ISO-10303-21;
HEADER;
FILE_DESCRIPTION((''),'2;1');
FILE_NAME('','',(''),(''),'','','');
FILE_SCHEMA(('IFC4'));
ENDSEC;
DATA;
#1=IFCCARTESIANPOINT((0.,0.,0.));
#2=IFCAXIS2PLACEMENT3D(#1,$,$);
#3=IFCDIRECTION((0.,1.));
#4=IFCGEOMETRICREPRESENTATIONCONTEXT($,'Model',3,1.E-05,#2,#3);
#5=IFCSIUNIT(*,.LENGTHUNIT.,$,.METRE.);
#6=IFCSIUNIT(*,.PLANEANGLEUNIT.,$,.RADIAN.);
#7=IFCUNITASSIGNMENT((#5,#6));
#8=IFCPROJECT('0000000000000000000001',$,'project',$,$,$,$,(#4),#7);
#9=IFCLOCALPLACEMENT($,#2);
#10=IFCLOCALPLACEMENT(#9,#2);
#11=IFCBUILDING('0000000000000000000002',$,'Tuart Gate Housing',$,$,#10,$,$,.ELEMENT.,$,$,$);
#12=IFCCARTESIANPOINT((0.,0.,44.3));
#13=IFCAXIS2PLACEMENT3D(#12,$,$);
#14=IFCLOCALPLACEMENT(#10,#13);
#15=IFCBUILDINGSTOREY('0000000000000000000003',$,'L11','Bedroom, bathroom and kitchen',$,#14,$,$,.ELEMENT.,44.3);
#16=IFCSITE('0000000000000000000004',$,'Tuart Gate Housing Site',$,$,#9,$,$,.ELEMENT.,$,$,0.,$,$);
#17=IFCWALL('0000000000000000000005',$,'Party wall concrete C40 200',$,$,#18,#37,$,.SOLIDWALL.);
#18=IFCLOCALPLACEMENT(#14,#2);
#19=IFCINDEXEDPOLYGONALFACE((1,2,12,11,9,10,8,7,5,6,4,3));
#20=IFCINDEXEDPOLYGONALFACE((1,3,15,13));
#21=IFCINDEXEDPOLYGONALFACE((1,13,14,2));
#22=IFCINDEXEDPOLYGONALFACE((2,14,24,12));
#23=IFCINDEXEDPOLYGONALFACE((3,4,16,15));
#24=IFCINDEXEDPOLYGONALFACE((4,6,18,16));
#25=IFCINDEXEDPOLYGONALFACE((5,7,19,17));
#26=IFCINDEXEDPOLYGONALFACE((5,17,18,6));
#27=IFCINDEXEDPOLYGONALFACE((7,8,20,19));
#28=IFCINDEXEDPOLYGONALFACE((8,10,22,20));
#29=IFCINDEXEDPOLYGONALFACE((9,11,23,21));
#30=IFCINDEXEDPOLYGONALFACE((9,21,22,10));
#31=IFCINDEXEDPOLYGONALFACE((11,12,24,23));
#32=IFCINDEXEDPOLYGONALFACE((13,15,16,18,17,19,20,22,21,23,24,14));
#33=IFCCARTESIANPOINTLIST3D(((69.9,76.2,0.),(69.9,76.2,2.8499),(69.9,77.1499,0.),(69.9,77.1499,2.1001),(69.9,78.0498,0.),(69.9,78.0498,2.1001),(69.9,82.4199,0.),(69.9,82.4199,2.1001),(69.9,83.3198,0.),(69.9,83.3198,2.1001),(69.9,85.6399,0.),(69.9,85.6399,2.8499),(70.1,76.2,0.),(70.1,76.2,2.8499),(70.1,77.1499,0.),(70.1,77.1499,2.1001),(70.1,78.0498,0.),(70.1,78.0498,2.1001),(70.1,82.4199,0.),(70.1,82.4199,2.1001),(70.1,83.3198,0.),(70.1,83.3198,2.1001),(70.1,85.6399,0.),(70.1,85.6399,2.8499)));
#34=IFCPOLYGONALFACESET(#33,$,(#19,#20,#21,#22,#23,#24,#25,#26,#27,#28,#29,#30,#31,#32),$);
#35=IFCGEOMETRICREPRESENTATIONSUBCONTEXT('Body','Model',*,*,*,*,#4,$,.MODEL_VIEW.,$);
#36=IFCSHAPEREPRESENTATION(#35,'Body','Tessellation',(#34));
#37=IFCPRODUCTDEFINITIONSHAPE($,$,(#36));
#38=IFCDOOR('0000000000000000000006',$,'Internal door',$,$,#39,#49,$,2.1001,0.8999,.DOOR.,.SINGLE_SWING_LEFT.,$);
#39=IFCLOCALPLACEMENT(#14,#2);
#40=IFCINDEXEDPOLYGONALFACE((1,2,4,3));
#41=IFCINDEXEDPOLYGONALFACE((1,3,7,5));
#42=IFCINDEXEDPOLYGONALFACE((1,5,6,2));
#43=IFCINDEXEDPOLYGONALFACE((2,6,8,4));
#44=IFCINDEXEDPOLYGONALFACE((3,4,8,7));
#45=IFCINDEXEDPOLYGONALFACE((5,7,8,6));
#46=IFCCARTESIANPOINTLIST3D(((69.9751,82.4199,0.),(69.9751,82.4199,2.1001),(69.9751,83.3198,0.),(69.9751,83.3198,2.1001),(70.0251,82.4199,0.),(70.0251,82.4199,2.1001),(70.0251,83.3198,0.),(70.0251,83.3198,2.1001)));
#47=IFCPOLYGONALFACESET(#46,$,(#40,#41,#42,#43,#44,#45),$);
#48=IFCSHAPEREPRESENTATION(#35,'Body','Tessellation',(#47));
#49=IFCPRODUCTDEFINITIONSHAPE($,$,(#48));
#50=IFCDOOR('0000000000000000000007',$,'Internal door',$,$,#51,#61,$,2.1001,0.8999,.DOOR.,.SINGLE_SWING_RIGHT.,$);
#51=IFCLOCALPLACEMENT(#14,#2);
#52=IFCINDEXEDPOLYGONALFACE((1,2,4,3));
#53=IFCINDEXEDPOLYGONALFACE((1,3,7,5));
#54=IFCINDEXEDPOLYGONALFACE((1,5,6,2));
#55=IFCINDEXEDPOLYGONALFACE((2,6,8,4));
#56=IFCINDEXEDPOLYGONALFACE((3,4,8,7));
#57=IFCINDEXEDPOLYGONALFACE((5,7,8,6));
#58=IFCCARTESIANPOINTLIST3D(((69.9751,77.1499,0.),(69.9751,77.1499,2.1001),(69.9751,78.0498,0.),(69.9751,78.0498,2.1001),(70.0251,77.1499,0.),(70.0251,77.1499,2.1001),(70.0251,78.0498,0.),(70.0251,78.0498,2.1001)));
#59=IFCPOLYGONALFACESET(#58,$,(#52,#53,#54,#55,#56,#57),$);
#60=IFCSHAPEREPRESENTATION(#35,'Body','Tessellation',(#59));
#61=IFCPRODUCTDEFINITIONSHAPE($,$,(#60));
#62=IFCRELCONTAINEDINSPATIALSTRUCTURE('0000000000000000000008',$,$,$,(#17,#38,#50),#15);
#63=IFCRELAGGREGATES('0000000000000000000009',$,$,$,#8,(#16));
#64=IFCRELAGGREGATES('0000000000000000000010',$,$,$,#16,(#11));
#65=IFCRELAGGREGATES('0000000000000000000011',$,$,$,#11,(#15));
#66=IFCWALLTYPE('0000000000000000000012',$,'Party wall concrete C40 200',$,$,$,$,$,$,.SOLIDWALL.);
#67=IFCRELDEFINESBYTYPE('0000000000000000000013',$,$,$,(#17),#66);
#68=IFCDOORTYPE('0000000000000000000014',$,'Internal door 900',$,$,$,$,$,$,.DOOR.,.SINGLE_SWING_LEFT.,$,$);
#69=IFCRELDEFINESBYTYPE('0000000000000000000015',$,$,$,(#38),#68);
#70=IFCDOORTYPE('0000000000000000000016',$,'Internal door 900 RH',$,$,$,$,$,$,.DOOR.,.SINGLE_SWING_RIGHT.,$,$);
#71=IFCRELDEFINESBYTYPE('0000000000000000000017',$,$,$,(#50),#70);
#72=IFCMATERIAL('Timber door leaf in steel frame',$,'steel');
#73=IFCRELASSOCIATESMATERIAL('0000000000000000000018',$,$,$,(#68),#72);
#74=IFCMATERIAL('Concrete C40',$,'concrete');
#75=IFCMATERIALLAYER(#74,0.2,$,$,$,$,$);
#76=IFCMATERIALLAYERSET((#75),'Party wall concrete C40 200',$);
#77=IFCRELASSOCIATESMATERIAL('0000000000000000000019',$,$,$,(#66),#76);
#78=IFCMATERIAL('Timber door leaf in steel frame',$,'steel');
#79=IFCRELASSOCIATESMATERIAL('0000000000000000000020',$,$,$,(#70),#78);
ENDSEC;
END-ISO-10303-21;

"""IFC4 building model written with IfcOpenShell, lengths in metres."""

from ifc_helpers import new_model, si_unit, direction, frame, frame_2d, origin, place, context, subcontext, project, spatial, rectangle, extrude, material, layer, layer_set, type_object, element, fill, save


model = new_model("IFC4")

# Units and contexts
model_context = context("Model", 3, precision=1e-05, world=origin(), true_north=direction((0.0, 1.0)))
body_context = subcontext(model_context, "Body", "Model", "MODEL_VIEW")
ifc_project = project(units=[si_unit("LENGTHUNIT", "METRE"), si_unit("PLANEANGLEUNIT", "RADIAN")], contexts=[model_context])

# Site, building, storey
site_placement = place(None, origin())
site = spatial("IfcSite", under=ifc_project, at=site_placement, Name="Tuart Gate Housing Site", CompositionType="ELEMENT", RefElevation=0.0)
building_placement = place(site_placement, origin())
building = spatial("IfcBuilding", under=site, at=building_placement, Name="Tuart Gate Housing", CompositionType="ELEMENT")
storey_placement = place(building_placement, frame((0.0, 0.0, 44.3)))
storey = spatial("IfcBuildingStorey", under=building, at=storey_placement, Name="L11", Description="Bedroom, bathroom and kitchen", CompositionType="ELEMENT", Elevation=44.3)

# Shared definitions
ifc_material_1 = material(Name="Timber door leaf in steel frame", Category="steel")
door_type_1 = type_object("IfcDoorType", Name="Internal door 900", OperationType="SINGLE_SWING_LEFT", PredefinedType="DOOR", material=ifc_material_1)

# Shared definitions
ifc_material_2 = material(Name="Concrete C40", Category="concrete")
ifc_layer_1 = layer(ifc_material_2, 0.2)
ifc_layer_set_1 = layer_set([ifc_layer_1], Name="Party wall concrete C40 200")
wall_type_1 = type_object("IfcWallType", Name="Party wall concrete C40 200", PredefinedType="SOLIDWALL", material=ifc_layer_set_1)

# Wall, openings, doors
wall_1_placement = place(storey_placement, frame((70.0, 76.2, 0.0), z_axis=(0.0, 0.0, 1.0), x_axis=(0.0, 1.0, 0.0)))
wall_1 = element("IfcWall", 1, at=wall_1_placement, inside=storey, type_object=wall_type_1, Name="Party wall concrete C40 200", PredefinedType="SOLIDWALL", context=body_context, shape_type="SweptSolid", body=[
    extrude(rectangle(XDim=9.4399, YDim=0.2, at=frame_2d((4.72, 0.0))), origin(), (0.0, 0.0, 1.0), 2.8499),
])
opening_1_placement = place(wall_1_placement, frame((6.22, 0.0, 0.0)))
opening_1 = element("IfcOpeningElement", 2, at=opening_1_placement, cuts=wall_1, PredefinedType="OPENING", context=body_context, shape_type="SweptSolid", body=[
    extrude(rectangle(XDim=0.8999, YDim=2.1001, at=frame_2d((0.45, 1.05))), frame((0.0, 0.1099, 0.0), z_axis=(0.0, -1.0, 0.0), x_axis=(1.0, 0.0, 0.0)), (0.0, 0.0, 1.0), 0.22),
])
opening_2_placement = place(wall_1_placement, frame((0.95, 0.0, 0.0)))
opening_2 = element("IfcOpeningElement", 3, at=opening_2_placement, cuts=wall_1, PredefinedType="OPENING", context=body_context, shape_type="SweptSolid", body=[
    extrude(rectangle(XDim=0.8999, YDim=2.1001, at=frame_2d((0.45, 1.05))), frame((0.0, 0.1099, 0.0), z_axis=(0.0, -1.0, 0.0), x_axis=(1.0, 0.0, 0.0)), (0.0, 0.0, 1.0), 0.22),
])
door_1_placement = place(opening_1_placement, frame((0.8999, 0.0, 0.0), z_axis=(0.0, 0.0, 1.0), x_axis=(-1.0, 0.0, 0.0)))
door_1 = element("IfcDoor", 4, at=door_1_placement, inside=storey, type_object=door_type_1, Name="Internal door", OperationType="SINGLE_SWING_LEFT", OverallHeight=2.1001, OverallWidth=0.8999, PredefinedType="DOOR", context=body_context, shape_type="SweptSolid", body=[
    extrude(rectangle(XDim=0.8999, YDim=2.1001, at=frame_2d((0.45, 1.05))), frame((0.0, 0.0251, 0.0), z_axis=(0.0, -1.0, 0.0), x_axis=(1.0, 0.0, 0.0)), (0.0, 0.0, 1.0), 0.05),
])
fill(opening_1, door_1)
ifc_material_3 = material(Name="Timber door leaf in steel frame", Category="steel")
door_type_2 = type_object("IfcDoorType", Name="Internal door 900 RH", OperationType="SINGLE_SWING_RIGHT", PredefinedType="DOOR", material=ifc_material_3)
door_2_placement = place(opening_2_placement, frame((0.8999, 0.0, 0.0), z_axis=(0.0, 0.0, 1.0), x_axis=(-1.0, 0.0, 0.0)))
door_2 = element("IfcDoor", 5, at=door_2_placement, inside=storey, type_object=door_type_2, Name="Internal door", OperationType="SINGLE_SWING_RIGHT", OverallHeight=2.1001, OverallWidth=0.8999, PredefinedType="DOOR", context=body_context, shape_type="SweptSolid", body=[
    extrude(rectangle(XDim=0.8999, YDim=2.1001, at=frame_2d((0.45, 1.05))), frame((0.0, 0.0251, 0.0), z_axis=(0.0, -1.0, 0.0), x_axis=(1.0, 0.0, 0.0)), (0.0, 0.0, 1.0), 0.05),
])
fill(opening_2, door_2)

save(model, "model.ifc")
